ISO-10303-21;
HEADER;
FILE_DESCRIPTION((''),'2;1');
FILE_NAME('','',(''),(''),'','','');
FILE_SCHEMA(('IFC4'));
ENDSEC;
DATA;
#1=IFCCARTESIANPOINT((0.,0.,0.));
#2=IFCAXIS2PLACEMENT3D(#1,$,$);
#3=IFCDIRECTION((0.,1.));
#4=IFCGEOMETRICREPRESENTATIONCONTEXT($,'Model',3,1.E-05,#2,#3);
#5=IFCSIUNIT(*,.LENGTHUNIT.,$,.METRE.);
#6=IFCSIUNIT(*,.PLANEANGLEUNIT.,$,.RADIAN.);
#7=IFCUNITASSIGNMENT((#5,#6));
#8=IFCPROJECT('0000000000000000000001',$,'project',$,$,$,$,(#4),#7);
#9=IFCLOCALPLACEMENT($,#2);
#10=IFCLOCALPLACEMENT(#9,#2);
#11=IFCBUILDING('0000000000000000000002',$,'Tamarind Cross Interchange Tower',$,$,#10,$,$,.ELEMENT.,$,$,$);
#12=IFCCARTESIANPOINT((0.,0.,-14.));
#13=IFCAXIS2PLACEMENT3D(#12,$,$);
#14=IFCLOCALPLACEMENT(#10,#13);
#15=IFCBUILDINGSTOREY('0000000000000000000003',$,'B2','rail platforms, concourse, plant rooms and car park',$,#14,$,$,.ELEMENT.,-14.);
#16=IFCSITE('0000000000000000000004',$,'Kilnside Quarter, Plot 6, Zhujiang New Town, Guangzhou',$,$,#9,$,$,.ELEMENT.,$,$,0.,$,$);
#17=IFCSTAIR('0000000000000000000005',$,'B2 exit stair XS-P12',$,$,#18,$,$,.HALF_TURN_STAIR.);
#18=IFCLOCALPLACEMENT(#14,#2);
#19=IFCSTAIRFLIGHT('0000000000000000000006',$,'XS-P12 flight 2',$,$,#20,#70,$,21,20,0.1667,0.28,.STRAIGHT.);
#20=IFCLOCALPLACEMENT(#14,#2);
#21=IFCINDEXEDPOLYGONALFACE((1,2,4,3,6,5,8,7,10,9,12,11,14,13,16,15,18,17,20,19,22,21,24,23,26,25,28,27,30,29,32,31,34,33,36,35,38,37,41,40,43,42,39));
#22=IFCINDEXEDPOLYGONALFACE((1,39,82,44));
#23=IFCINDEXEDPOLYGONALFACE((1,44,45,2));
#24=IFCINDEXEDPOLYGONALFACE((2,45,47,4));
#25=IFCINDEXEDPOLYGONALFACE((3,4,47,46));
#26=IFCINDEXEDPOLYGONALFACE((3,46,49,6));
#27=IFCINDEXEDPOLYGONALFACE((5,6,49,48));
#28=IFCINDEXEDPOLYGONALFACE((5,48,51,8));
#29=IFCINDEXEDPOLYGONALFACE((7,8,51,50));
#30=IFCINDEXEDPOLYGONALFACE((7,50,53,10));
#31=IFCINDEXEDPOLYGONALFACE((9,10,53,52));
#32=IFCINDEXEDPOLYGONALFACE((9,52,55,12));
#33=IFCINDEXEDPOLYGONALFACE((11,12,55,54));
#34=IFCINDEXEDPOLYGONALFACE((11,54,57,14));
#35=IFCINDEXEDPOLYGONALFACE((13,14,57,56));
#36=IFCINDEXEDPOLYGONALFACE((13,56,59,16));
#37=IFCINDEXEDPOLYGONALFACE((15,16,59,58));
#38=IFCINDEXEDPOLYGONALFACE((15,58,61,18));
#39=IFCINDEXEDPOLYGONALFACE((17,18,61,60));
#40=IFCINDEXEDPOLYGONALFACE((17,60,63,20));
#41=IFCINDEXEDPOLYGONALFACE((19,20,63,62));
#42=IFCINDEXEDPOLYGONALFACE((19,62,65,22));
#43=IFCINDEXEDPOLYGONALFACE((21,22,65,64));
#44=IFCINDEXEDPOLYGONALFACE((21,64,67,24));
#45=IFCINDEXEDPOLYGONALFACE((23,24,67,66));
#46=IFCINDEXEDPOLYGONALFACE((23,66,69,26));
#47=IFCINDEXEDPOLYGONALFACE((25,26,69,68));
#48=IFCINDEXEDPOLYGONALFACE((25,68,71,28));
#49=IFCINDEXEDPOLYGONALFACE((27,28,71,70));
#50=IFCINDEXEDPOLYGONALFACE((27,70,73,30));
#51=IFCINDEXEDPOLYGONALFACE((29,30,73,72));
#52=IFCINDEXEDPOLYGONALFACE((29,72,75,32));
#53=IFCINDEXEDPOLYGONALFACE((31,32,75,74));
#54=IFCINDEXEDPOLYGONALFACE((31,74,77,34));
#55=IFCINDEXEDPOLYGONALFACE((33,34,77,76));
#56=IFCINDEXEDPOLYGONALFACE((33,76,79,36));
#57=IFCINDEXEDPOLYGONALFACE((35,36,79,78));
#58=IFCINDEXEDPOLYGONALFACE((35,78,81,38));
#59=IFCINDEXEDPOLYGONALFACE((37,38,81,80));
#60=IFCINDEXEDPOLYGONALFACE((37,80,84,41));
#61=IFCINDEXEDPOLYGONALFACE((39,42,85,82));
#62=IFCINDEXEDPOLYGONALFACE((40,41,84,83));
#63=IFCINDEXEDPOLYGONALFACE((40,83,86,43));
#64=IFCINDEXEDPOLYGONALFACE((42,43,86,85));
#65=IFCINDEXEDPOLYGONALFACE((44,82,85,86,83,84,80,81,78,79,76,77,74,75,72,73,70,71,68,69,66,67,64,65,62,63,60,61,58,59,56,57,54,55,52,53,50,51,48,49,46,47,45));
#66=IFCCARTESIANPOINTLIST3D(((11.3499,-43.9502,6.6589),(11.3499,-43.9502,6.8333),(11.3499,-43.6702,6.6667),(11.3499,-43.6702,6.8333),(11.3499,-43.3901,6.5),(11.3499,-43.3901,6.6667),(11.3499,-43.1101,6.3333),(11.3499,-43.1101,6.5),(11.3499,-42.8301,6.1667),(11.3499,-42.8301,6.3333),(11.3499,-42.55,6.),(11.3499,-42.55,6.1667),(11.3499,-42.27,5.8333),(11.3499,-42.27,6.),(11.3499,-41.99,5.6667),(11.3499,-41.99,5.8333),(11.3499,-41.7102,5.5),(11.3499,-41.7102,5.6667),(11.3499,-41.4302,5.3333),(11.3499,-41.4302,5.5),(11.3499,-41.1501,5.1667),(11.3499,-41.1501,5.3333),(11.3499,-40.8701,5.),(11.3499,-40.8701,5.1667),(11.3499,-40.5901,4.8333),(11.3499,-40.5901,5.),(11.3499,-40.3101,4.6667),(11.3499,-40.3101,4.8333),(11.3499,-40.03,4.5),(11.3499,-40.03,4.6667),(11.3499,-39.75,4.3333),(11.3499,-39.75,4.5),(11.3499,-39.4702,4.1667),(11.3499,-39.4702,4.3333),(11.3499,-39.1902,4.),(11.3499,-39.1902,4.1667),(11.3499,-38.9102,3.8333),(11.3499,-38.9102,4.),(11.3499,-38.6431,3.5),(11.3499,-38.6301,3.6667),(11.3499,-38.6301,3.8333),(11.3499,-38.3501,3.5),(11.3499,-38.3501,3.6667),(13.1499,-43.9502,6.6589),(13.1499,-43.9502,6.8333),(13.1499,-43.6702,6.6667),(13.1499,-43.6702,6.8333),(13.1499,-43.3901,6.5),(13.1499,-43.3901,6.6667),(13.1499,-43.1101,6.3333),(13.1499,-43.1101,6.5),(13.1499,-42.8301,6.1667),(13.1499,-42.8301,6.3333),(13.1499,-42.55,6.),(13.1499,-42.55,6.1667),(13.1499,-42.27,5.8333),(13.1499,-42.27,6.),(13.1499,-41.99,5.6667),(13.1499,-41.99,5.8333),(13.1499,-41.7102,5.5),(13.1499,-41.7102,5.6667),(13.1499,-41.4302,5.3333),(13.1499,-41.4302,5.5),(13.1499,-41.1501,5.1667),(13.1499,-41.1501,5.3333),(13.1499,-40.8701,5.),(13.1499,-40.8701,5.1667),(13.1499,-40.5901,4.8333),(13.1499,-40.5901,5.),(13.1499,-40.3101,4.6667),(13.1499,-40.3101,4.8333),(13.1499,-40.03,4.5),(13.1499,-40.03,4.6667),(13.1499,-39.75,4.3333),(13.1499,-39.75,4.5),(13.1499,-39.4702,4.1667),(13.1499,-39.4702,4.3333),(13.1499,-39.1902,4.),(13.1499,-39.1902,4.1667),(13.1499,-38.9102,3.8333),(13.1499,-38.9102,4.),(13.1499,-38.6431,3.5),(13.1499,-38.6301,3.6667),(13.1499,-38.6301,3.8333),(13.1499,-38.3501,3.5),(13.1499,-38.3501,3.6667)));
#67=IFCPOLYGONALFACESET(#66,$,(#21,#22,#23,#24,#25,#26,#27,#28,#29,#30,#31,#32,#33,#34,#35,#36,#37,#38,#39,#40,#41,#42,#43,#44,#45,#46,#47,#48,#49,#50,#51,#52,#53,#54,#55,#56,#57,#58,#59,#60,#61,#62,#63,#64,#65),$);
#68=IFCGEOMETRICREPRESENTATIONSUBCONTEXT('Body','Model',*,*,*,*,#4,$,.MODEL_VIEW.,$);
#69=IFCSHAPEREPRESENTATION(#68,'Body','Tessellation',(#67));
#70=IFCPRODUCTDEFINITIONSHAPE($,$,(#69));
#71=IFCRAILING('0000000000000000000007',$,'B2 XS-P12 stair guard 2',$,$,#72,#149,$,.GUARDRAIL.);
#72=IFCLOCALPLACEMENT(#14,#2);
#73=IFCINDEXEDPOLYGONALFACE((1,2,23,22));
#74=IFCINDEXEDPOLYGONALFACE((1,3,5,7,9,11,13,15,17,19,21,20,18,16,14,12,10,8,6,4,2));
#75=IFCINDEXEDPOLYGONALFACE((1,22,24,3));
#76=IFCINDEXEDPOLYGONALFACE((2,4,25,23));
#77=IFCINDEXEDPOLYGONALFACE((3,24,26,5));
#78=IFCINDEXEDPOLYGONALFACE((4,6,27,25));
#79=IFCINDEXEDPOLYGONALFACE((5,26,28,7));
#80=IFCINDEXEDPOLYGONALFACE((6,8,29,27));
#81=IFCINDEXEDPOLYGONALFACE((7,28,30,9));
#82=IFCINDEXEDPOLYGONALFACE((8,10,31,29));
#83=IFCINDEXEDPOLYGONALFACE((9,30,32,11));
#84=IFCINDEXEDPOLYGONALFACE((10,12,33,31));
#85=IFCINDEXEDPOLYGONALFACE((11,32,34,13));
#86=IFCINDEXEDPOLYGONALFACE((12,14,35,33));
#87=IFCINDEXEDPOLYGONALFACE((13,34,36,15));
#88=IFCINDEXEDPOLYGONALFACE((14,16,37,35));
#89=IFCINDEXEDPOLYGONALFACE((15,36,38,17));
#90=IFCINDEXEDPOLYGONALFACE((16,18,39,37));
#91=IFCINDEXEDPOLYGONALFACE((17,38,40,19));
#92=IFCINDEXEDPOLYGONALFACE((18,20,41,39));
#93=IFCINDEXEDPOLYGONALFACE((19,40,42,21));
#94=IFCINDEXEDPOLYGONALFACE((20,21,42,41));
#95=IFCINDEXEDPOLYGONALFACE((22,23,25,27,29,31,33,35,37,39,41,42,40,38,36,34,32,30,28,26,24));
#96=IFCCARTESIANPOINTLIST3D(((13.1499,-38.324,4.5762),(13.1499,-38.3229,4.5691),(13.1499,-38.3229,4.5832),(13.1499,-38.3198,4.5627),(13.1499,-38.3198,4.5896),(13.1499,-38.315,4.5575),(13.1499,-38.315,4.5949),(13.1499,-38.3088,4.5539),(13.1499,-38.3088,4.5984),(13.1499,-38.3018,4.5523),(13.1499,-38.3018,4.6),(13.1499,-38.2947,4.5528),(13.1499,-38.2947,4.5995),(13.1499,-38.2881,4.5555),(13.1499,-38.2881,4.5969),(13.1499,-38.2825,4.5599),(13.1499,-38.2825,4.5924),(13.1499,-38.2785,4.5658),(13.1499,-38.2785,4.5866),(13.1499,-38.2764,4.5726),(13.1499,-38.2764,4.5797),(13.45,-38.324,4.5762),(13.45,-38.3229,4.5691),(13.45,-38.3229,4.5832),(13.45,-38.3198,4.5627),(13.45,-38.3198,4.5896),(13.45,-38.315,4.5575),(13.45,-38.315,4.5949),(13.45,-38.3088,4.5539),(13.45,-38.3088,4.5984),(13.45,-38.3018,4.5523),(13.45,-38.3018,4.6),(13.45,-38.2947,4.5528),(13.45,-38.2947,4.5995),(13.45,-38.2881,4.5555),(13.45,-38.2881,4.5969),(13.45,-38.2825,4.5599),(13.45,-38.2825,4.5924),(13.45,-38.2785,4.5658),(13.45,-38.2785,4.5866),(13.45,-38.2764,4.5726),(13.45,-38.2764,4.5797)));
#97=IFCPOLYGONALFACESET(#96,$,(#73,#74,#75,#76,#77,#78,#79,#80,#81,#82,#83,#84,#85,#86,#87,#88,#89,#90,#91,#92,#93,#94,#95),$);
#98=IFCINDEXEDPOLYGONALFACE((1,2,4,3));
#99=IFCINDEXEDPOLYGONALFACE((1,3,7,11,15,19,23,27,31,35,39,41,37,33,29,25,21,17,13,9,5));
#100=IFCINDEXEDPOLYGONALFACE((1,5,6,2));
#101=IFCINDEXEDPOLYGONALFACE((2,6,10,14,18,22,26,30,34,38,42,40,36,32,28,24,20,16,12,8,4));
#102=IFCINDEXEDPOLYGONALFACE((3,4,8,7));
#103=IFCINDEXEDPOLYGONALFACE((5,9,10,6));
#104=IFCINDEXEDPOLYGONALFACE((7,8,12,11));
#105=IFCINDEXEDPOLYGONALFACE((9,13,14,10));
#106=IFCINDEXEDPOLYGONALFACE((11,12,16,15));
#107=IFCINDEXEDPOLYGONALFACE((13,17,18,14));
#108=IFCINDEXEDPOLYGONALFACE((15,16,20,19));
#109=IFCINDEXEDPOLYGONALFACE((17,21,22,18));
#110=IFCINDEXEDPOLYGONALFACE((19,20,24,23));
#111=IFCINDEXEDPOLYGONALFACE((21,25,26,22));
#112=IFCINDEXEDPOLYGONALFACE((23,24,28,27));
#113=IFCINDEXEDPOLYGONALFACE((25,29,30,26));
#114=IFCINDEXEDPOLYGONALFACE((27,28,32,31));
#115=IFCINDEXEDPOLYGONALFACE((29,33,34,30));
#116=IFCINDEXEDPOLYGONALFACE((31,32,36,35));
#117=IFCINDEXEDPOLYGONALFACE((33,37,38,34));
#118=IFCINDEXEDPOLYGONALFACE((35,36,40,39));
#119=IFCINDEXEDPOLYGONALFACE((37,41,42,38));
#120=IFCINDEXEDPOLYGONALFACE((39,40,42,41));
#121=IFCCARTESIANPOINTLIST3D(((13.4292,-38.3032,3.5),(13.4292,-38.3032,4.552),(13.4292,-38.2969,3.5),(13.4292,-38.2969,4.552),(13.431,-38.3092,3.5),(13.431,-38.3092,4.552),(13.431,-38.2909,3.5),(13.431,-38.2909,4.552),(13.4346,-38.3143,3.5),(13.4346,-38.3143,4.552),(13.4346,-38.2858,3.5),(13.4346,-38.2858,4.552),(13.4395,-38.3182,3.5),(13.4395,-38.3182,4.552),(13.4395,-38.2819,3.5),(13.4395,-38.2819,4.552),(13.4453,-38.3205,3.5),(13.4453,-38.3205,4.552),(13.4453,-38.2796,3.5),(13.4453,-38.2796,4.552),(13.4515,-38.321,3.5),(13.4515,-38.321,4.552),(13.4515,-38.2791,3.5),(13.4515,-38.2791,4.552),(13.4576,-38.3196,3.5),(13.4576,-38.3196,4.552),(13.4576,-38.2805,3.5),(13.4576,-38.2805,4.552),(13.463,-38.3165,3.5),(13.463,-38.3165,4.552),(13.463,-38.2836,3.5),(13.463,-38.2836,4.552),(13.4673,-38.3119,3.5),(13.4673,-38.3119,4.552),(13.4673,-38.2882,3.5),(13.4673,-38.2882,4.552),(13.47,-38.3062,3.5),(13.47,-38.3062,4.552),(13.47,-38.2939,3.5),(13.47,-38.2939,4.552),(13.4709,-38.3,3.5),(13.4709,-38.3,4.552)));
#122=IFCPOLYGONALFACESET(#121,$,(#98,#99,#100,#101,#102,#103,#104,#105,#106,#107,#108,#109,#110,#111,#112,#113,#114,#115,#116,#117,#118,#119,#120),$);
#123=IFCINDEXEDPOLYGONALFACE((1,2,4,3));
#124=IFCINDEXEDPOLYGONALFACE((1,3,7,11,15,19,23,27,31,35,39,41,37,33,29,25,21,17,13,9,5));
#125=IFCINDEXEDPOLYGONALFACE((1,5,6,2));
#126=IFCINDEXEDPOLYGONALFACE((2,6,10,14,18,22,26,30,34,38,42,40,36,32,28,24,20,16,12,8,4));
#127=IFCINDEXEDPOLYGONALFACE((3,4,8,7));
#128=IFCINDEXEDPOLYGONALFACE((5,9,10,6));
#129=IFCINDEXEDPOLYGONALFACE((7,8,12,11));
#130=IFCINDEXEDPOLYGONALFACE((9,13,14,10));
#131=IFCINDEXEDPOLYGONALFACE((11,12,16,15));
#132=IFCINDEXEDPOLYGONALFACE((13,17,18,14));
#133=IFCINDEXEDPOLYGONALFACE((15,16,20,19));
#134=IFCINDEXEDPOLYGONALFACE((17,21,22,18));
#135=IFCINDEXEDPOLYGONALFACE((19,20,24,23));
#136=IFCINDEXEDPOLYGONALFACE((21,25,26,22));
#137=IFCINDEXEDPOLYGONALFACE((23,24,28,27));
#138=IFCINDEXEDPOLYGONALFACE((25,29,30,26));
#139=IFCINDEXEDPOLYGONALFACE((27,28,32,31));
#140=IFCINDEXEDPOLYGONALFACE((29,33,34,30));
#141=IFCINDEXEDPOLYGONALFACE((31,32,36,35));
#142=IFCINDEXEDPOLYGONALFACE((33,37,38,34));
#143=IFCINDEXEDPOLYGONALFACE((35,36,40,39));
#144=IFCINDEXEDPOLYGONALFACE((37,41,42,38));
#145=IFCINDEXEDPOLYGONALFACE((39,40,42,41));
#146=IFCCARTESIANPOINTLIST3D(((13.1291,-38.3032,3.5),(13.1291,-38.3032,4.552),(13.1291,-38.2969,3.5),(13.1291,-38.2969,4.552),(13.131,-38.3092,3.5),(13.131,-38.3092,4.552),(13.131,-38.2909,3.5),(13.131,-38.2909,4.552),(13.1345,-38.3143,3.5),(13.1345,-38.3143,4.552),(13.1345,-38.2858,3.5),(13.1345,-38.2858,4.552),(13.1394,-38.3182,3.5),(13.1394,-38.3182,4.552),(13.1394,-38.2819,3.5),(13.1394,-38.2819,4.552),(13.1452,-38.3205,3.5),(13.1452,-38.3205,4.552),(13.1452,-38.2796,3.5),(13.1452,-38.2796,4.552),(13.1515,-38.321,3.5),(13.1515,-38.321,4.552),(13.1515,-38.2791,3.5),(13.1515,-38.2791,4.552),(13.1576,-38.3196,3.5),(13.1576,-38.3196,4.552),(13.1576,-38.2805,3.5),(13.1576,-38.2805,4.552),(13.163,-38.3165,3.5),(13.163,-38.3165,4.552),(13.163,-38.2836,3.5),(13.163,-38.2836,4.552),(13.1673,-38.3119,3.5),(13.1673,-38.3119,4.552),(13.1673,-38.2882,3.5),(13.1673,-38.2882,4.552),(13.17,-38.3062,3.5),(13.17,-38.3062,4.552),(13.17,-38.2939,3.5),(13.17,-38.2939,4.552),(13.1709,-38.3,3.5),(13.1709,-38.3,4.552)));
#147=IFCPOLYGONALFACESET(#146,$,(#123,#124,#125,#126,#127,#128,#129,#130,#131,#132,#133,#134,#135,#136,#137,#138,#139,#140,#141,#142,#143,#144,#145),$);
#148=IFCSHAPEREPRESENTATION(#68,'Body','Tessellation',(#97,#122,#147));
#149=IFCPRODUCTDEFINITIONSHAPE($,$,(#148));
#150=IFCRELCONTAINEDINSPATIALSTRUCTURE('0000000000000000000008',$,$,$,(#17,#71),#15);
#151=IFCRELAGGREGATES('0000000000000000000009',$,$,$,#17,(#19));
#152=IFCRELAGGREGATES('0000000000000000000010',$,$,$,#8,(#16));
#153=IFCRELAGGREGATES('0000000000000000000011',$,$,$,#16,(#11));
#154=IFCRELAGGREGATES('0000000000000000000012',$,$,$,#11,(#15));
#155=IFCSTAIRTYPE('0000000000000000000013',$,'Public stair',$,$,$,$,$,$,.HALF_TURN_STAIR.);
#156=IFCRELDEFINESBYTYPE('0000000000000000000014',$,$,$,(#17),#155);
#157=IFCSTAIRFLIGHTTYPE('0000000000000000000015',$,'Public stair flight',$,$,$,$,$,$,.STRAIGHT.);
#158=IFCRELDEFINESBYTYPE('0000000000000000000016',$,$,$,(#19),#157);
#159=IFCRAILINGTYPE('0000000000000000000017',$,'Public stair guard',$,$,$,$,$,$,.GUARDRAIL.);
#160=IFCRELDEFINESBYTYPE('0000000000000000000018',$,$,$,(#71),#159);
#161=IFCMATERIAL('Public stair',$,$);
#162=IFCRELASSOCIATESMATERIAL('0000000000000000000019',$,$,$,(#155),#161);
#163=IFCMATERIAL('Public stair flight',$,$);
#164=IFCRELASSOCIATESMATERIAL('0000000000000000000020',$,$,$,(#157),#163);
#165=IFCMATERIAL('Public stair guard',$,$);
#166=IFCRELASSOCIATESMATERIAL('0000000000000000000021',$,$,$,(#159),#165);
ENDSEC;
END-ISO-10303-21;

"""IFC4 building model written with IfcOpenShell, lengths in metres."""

from ifc_helpers import new_model, si_unit, direction, frame, origin, origin_2d, place, context, subcontext, project, spatial, polyline, circle, outline, extrude, material, type_object, element, aggregate, save


model = new_model("IFC4")

# Units and contexts
model_context = context("Model", 3, precision=1e-05, world=origin(), true_north=direction((0.0, 1.0)))
body_context = subcontext(model_context, "Body", "Model", "MODEL_VIEW")
ifc_project = project(units=[si_unit("LENGTHUNIT", "METRE"), si_unit("PLANEANGLEUNIT", "RADIAN")], contexts=[model_context])

# Site, building, storey
site_placement = place(None, origin())
site = spatial("IfcSite", under=ifc_project, at=site_placement, Name="Kilnside Quarter, Plot 6, Zhujiang New Town, Guangzhou", CompositionType="ELEMENT", RefElevation=0.0)
building_placement = place(site_placement, origin())
building = spatial("IfcBuilding", under=site, at=building_placement, Name="Tamarind Cross Interchange Tower", CompositionType="ELEMENT")
storey_placement = place(building_placement, frame((0.0, 0.0, -14.0)))
storey = spatial("IfcBuildingStorey", under=building, at=storey_placement, Name="B2", Description="rail platforms, concourse, plant rooms and car park", CompositionType="ELEMENT", Elevation=-14.0)

# Stair, stair flight
ifc_material_1 = material(Name="Public stair")
stair_type = type_object("IfcStairType", Name="Public stair", PredefinedType="HALF_TURN_STAIR", material=ifc_material_1)
stair_placement = place(storey_placement, origin())
stair = element("IfcStair", 1, at=stair_placement, inside=storey, type_object=stair_type, Name="B2 exit stair XS-P12", PredefinedType="HALF_TURN_STAIR")
ifc_material_2 = material(Name="Public stair flight")
stair_flight_type = type_object("IfcStairFlightType", Name="Public stair flight", PredefinedType="STRAIGHT", material=ifc_material_2)
stair_flight_1_placement = place(storey_placement, frame((12.25, -38.3501, 3.5), z_axis=(0.0, 0.0, 1.0), x_axis=(0.0, -1.0, 0.0)))
stair_flight_1 = element("IfcStairFlight", 2, at=stair_flight_1_placement, type_object=stair_flight_type, Name="XS-P12 flight 2", NumberOfRisers=21, NumberOfTreads=20, PredefinedType="STRAIGHT", RiserHeight=0.1667, TreadLength=0.28, context=body_context, shape_type="SweptSolid", body=[
    extrude(outline(polyline([(0.0, 0.0), (0.0, 0.1667), (0.28, 0.1667), (0.28, 0.3333), (0.5601, 0.3333), (0.5601, 0.5), (0.8401, 0.5), (0.8401, 0.6667), (1.1201, 0.6667), (1.1201, 0.8333), (1.3999, 0.8333), (1.3999, 1.0), (1.6799, 1.0), (1.6799, 1.1667), (1.96, 1.1667), (1.96, 1.3333), (2.24, 1.3333), (2.24, 1.5), (2.52, 1.5), (2.52, 1.6667), (2.8, 1.6667), (2.8, 1.8333), (3.0801, 1.8333), (3.0801, 2.0), (3.3601, 2.0), (3.3601, 2.1667), (3.6399, 2.1667), (3.6399, 2.3333), (3.9199, 2.3333), (3.9199, 2.5), (4.2, 2.5), (4.2, 2.6667), (4.48, 2.6667), (4.48, 2.8333), (4.76, 2.8333), (4.76, 3.0), (5.04, 3.0), (5.04, 3.1667), (5.3201, 3.1667), (5.3201, 3.3333), (5.6001, 3.3333), (5.6001, 3.5), (5.6001, 3.1589), (0.293, 0.0), (0.0, 0.0)])), frame((0.0, 0.8999, 0.0), z_axis=(0.0, -1.0, 0.0), x_axis=(1.0, 0.0, 0.0)), (0.0, 0.0, 1.0), 1.8),
])
aggregate(stair, [stair_flight_1])

# Railing
ifc_material_3 = material(Name="Public stair guard")
railing_type_1 = type_object("IfcRailingType", Name="Public stair guard", PredefinedType="GUARDRAIL", material=ifc_material_3)
railing_1_placement = place(storey_placement, frame((13.45, -38.3, 3.5)))
element("IfcRailing", 3, at=railing_1_placement, inside=storey, type_object=railing_type_1, Name="B2 XS-P12 stair guard 2", PredefinedType="GUARDRAIL", context=body_context, shape_type="SweptSolid", body=[
    extrude(circle(Radius=0.0239, at=origin_2d()), frame((0.0, 0.0, 1.0762), z_axis=(-1.0, 0.0, 0.0), x_axis=(0.0, -1.0, 0.0)), (0.0, 0.0, 1.0), 0.3),
    extrude(circle(Radius=0.021, at=origin_2d()), origin(), (0.0, 0.0, 1.0), 1.052),
    extrude(circle(Radius=0.021, at=origin_2d()), frame((-0.3, 0.0, 0.0)), (0.0, 0.0, 1.0), 1.052),
])

save(model, "model.ifc")
